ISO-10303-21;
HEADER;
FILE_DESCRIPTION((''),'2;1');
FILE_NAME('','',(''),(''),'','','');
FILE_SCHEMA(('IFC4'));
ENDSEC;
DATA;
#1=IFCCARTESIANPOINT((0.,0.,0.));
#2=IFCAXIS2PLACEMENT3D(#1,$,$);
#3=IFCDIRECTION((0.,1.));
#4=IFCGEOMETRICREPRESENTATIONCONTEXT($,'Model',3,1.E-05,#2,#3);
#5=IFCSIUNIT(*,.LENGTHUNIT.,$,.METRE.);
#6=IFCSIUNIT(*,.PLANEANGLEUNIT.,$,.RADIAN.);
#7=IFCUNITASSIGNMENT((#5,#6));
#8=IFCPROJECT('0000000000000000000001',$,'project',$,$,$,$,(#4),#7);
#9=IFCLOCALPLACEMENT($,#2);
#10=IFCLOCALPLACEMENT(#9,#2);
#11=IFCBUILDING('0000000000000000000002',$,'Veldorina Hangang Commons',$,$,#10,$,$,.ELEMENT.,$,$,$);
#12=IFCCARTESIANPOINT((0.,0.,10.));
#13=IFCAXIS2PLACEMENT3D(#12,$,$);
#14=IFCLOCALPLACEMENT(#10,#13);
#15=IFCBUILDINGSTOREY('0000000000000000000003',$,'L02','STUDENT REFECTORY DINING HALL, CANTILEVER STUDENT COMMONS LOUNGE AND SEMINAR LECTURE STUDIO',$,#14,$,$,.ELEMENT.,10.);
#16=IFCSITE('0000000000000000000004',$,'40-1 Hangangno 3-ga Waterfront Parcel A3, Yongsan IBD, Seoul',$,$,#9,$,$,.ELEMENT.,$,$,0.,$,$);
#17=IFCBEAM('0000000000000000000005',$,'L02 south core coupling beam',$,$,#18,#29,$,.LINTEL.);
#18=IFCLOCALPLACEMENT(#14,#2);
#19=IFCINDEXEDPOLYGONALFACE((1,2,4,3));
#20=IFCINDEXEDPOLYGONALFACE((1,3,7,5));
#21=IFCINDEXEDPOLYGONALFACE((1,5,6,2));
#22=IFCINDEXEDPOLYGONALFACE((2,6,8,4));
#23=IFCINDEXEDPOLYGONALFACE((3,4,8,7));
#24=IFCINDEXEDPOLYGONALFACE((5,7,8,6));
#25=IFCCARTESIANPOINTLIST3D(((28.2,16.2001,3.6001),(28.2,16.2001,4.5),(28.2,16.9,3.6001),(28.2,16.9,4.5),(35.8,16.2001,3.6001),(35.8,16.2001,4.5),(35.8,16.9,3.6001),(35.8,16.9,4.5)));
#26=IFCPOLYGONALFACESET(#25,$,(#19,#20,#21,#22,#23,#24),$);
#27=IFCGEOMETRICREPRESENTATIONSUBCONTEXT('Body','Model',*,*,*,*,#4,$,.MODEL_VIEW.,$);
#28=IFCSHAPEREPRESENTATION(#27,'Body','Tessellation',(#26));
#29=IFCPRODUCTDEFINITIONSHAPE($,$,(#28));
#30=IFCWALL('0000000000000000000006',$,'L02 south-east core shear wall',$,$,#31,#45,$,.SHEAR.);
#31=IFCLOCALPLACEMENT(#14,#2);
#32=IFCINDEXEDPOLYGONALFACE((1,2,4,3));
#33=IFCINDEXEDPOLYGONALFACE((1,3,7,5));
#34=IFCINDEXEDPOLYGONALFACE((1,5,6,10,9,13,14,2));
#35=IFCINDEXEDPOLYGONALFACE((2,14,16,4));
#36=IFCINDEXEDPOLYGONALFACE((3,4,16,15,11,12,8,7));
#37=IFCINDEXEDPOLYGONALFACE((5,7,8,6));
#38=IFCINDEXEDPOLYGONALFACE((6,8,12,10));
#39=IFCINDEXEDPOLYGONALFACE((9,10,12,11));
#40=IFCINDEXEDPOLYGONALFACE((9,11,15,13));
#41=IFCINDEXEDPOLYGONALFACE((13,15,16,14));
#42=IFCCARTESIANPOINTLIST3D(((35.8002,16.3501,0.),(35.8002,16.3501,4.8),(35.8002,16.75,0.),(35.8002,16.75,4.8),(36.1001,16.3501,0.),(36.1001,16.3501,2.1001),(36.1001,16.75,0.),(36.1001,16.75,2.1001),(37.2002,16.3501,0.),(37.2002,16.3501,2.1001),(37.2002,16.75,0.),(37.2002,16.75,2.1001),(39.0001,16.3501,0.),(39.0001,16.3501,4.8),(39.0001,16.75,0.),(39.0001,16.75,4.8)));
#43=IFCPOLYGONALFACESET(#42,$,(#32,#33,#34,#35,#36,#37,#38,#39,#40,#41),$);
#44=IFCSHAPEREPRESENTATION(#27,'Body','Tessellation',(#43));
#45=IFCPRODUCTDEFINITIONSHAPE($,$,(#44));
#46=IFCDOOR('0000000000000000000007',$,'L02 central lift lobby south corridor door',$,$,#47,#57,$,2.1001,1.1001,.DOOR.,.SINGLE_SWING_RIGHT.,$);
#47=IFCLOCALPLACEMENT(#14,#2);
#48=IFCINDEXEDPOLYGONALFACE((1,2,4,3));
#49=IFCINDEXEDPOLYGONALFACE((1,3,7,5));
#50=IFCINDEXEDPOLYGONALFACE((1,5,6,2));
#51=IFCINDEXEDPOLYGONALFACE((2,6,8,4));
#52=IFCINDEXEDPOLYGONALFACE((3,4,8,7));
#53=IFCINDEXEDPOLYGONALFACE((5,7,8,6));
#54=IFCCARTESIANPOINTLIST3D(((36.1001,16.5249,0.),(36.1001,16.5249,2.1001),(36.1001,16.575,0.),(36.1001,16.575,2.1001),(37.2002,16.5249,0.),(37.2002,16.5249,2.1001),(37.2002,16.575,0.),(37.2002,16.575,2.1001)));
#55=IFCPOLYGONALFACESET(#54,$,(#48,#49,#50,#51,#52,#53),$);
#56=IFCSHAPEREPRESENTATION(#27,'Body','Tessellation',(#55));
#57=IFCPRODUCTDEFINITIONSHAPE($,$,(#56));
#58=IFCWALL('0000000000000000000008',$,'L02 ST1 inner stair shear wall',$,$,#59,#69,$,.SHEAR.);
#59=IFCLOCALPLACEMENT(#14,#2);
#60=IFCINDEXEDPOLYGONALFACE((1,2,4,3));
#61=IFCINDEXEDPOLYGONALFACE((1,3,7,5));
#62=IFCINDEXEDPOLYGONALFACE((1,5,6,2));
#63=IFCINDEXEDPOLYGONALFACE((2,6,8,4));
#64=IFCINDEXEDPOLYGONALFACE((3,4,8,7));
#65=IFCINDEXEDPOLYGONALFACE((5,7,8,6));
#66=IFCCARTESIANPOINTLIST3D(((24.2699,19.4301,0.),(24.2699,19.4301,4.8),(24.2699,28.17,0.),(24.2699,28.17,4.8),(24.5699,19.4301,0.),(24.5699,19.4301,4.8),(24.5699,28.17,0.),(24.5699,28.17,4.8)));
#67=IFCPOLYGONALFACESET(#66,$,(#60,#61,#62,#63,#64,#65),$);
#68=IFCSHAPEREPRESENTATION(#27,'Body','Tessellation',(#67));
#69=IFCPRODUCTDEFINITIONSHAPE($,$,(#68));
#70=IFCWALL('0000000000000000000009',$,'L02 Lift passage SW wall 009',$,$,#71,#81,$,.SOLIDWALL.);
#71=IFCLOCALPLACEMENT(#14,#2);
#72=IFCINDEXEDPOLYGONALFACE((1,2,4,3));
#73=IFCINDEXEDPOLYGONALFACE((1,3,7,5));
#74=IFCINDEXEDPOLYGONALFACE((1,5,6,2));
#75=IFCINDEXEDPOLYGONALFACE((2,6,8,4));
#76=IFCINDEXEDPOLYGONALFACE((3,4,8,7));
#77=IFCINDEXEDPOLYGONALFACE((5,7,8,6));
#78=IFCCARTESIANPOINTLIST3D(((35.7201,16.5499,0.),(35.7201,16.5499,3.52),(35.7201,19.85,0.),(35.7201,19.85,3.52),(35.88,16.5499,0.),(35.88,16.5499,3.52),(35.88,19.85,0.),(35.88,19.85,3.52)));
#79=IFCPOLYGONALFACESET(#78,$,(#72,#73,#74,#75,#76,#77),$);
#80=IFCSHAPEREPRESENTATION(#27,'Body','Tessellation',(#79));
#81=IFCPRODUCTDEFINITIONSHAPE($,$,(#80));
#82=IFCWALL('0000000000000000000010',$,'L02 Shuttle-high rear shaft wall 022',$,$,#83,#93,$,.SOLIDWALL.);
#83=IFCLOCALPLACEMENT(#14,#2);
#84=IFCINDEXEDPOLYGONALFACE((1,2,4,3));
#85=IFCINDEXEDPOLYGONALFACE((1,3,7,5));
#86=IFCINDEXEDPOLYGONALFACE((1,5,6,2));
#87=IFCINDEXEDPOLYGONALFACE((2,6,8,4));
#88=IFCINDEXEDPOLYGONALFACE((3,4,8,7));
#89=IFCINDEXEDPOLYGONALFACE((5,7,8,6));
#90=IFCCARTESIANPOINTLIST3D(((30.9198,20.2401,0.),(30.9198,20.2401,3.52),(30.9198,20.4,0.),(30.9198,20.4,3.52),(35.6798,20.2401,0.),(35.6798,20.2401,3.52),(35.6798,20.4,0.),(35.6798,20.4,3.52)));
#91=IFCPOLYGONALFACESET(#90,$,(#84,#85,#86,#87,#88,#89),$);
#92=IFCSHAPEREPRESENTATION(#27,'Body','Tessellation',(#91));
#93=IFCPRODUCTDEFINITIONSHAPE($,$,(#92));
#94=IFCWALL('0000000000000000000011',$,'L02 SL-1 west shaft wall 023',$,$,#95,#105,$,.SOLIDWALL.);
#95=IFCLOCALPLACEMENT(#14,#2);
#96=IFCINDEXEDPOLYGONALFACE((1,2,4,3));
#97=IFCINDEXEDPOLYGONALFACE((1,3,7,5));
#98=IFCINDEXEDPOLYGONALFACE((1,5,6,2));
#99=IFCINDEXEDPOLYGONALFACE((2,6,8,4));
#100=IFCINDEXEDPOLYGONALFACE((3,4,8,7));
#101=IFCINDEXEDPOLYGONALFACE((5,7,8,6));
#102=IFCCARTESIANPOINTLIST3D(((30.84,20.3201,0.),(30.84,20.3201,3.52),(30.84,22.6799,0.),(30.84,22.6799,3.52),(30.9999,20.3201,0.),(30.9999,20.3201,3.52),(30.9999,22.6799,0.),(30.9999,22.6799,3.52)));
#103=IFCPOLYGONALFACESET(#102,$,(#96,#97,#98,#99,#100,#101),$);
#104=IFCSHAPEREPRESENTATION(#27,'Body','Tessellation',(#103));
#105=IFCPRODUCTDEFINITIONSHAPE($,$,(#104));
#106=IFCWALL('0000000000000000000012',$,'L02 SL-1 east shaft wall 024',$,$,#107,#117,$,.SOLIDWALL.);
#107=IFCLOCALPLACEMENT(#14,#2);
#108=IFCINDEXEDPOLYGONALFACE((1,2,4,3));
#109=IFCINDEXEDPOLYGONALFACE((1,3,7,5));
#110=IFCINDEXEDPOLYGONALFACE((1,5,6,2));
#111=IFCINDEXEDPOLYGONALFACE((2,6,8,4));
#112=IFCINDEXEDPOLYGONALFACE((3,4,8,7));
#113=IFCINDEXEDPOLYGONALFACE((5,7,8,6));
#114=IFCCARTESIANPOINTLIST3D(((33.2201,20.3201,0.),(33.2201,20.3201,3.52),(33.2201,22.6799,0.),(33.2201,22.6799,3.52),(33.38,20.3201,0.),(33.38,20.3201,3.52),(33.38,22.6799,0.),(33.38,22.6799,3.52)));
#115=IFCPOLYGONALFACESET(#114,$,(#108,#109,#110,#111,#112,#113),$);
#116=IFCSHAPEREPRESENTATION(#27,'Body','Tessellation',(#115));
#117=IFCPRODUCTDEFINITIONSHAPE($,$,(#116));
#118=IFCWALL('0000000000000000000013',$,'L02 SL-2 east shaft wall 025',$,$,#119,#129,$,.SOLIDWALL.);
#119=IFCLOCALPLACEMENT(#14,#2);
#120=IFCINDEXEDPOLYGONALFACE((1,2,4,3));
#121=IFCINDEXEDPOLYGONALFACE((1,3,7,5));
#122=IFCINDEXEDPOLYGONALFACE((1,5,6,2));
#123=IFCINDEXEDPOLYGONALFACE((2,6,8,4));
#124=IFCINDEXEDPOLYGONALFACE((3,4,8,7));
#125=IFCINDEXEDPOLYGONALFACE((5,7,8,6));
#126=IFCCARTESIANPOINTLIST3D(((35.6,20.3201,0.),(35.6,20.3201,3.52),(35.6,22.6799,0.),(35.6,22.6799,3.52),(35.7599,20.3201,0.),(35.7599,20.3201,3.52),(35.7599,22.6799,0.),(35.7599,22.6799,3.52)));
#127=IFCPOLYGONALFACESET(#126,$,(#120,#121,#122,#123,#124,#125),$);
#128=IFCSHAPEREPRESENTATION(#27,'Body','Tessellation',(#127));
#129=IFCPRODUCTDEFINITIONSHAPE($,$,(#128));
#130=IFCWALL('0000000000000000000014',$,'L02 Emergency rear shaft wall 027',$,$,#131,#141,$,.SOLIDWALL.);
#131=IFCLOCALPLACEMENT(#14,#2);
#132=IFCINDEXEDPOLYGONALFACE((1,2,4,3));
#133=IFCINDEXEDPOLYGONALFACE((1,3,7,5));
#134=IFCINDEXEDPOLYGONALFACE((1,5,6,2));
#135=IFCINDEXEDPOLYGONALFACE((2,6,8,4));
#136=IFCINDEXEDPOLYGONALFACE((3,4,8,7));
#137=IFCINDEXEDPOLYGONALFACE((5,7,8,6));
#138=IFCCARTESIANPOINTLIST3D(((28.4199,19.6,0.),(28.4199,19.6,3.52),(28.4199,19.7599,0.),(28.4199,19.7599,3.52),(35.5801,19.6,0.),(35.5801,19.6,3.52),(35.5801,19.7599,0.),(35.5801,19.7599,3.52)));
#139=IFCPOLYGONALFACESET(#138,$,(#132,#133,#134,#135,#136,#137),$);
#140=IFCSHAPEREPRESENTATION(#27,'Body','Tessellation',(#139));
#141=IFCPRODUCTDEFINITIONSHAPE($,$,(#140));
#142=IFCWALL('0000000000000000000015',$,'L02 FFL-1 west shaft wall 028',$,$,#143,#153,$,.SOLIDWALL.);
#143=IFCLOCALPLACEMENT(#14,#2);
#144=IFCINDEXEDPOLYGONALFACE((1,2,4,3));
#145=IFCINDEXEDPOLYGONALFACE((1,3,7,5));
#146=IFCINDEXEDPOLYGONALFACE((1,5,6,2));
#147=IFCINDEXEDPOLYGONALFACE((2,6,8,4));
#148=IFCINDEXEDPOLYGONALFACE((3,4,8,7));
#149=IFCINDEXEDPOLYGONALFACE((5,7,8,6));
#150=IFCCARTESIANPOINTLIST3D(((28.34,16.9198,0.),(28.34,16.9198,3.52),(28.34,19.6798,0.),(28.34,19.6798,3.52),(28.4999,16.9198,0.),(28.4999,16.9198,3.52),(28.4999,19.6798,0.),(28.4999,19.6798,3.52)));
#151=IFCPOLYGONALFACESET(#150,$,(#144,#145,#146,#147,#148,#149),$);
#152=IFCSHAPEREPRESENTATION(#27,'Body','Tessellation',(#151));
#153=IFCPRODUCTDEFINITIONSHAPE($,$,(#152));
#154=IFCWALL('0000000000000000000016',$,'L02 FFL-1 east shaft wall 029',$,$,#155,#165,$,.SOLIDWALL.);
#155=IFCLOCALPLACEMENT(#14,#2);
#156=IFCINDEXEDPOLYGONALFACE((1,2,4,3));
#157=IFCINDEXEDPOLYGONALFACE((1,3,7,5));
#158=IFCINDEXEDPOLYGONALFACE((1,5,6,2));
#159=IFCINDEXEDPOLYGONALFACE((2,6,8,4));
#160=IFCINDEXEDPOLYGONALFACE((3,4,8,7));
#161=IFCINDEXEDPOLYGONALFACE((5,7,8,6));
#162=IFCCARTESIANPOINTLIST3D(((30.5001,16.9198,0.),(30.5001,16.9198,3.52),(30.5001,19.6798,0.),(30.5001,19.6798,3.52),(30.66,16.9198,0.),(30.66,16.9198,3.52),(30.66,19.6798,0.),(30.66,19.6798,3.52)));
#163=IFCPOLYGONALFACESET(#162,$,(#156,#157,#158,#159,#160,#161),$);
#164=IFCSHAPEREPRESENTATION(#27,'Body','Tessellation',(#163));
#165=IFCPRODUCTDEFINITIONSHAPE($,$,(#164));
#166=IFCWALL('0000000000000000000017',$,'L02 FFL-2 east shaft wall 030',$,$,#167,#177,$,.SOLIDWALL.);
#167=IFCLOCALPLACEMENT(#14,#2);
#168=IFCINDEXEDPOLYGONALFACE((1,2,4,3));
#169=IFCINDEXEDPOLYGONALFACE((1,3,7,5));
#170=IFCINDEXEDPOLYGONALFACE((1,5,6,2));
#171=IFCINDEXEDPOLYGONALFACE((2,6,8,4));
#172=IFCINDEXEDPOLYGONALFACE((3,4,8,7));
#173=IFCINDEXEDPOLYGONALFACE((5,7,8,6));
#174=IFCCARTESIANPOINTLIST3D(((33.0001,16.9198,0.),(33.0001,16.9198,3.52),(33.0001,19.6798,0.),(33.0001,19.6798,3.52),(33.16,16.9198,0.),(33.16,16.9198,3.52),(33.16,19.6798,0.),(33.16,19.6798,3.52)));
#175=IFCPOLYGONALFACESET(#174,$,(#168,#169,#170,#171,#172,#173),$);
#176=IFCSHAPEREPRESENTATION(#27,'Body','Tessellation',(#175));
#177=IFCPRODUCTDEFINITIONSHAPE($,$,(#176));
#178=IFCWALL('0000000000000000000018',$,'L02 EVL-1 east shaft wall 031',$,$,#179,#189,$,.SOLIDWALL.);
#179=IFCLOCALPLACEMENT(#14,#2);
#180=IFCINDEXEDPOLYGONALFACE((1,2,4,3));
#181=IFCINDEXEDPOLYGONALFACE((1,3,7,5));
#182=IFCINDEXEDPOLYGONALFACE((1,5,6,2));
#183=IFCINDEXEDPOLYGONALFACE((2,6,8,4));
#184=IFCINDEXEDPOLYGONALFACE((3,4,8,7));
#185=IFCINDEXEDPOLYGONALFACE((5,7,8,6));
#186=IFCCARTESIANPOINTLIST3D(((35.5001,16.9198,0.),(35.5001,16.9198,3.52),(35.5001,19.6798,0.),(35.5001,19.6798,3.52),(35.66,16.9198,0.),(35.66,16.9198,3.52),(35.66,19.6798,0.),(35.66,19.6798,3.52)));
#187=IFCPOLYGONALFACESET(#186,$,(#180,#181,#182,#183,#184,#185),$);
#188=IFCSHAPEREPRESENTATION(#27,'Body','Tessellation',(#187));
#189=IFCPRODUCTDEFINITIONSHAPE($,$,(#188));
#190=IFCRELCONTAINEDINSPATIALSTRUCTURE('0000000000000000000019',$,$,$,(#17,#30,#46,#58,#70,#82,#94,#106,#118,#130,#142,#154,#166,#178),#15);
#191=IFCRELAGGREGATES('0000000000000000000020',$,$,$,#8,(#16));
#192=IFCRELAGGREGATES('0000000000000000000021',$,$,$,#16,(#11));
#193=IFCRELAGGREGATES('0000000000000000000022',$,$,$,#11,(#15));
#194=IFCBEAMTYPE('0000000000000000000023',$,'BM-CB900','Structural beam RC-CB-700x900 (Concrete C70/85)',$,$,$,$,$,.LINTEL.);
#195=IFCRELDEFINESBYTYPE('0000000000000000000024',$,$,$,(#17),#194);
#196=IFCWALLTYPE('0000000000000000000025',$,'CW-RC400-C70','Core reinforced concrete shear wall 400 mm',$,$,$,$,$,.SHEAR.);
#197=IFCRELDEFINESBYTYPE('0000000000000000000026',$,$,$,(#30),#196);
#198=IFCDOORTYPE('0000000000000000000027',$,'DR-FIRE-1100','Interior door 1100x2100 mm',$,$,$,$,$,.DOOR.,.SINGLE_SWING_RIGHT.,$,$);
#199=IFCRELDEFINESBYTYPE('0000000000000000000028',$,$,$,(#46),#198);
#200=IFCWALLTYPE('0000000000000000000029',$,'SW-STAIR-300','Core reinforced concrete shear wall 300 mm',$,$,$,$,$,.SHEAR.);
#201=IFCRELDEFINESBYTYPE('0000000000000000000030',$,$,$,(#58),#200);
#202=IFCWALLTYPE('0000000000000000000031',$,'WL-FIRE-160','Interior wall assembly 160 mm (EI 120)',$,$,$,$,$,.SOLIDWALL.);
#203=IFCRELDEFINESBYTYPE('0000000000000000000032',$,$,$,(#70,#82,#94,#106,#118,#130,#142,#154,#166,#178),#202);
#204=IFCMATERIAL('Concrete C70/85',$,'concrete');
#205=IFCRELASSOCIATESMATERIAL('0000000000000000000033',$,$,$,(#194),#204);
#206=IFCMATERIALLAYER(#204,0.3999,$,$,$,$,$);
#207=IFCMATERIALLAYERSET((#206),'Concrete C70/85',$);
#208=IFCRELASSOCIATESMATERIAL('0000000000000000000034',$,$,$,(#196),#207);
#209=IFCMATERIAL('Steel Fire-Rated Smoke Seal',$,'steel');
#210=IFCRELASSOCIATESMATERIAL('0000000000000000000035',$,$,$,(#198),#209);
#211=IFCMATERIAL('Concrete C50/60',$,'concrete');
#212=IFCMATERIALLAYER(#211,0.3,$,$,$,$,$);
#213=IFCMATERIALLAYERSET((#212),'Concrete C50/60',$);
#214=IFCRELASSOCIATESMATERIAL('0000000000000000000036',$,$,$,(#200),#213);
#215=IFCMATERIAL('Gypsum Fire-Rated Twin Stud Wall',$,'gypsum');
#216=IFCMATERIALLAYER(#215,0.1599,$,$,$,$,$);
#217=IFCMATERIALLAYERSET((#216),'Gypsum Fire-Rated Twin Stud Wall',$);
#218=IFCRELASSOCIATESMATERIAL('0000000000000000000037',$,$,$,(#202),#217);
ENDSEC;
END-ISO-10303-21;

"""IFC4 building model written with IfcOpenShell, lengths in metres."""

from ifc_helpers import new_model, si_unit, direction, frame, frame_2d, origin, origin_2d, place, context, subcontext, project, spatial, rectangle, extrude, material, layer, layer_set, material_profile, profile_set, type_object, element, fill, save


model = new_model("IFC4")

# Units and contexts
model_context = context("Model", 3, precision=1e-05, world=origin(), true_north=direction((0.0, 1.0)))
body_context = subcontext(model_context, "Body", "Model", "MODEL_VIEW")
ifc_project = project(units=[si_unit("LENGTHUNIT", "METRE"), si_unit("PLANEANGLEUNIT", "RADIAN")], contexts=[model_context])

# Site, building, storey
site_placement = place(None, origin())
site = spatial("IfcSite", under=ifc_project, at=site_placement, Name="40-1 Hangangno 3-ga Waterfront Parcel A3, Yongsan IBD, Seoul", CompositionType="ELEMENT", RefElevation=0.0)
building_placement = place(site_placement, origin())
building = spatial("IfcBuilding", under=site, at=building_placement, Name="Veldorina Hangang Commons", CompositionType="ELEMENT")
storey_placement = place(building_placement, frame((0.0, 0.0, 10.0)))
storey = spatial("IfcBuildingStorey", under=building, at=storey_placement, Name="L02", Description="STUDENT REFECTORY DINING HALL, CANTILEVER STUDENT COMMONS LOUNGE AND SEMINAR LECTURE STUDIO", CompositionType="ELEMENT", Elevation=10.0)

# Beam
ifc_material_1 = material(Name="Concrete C70/85", Category="concrete")
ifc_material_profile = material_profile(ifc_material_1, rectangle(XDim=0.7, YDim=0.8999, at=origin_2d()), Name="RC-CB-700x900")
ifc_profile_set = profile_set([ifc_material_profile], Name="Concrete C70/85")
beam_type = type_object("IfcBeamType", Name="BM-CB900", Description="Structural beam RC-CB-700x900 (Concrete C70/85)", PredefinedType="LINTEL", material=ifc_profile_set)
beam_placement = place(storey_placement, frame((28.2, 16.55, 4.05), z_axis=(1.0, 0.0, 0.0), x_axis=(0.0, 1.0, 0.0)))
element("IfcBeam", 1, at=beam_placement, inside=storey, type_object=beam_type, Name="L02 south core coupling beam", PredefinedType="LINTEL", context=body_context, shape_type="SweptSolid", body=[
    extrude(rectangle(XDim=0.7, YDim=0.8999, at=origin_2d()), origin(), (0.0, 0.0, 1.0), 7.6001),
])

# Wall, opening, door
ifc_layer_1 = layer(ifc_material_1, 0.3999)
ifc_layer_set_1 = layer_set([ifc_layer_1], Name="Concrete C70/85")
wall_type_1 = type_object("IfcWallType", Name="CW-RC400-C70", Description="Core reinforced concrete shear wall 400 mm", PredefinedType="SHEAR", material=ifc_layer_set_1)
wall_1_placement = place(storey_placement, frame((35.8, 16.55, 0.0), z_axis=(0.0, 0.0, 1.0), x_axis=(1.0, 0.0, 0.0)))
wall_1 = element("IfcWall", 2, at=wall_1_placement, inside=storey, type_object=wall_type_1, Name="L02 south-east core shear wall", PredefinedType="SHEAR", context=body_context, shape_type="SweptSolid", body=[
    extrude(rectangle(XDim=3.2, YDim=0.3999, at=frame_2d((1.6001, 0.0))), origin(), (0.0, 0.0, 1.0), 4.8),
])
opening_1_placement = place(wall_1_placement, frame((0.3, 0.0, 0.0)))
opening_1 = element("IfcOpeningElement", 3, at=opening_1_placement, cuts=wall_1, PredefinedType="OPENING", context=body_context, shape_type="SweptSolid", body=[
    extrude(rectangle(XDim=1.1001, YDim=2.1001, at=frame_2d((0.55, 1.05))), frame((0.0, 0.21, 0.0), z_axis=(0.0, -1.0, 0.0), x_axis=(1.0, 0.0, 0.0)), (0.0, 0.0, 1.0), 0.4199),
])
ifc_material_2 = material(Name="Steel Fire-Rated Smoke Seal", Category="steel")
door_type_1 = type_object("IfcDoorType", Name="DR-FIRE-1100", Description="Interior door 1100x2100 mm", OperationType="SINGLE_SWING_RIGHT", PredefinedType="DOOR", material=ifc_material_2)
door_1_placement = place(opening_1_placement, origin())
door_1 = element("IfcDoor", 4, at=door_1_placement, inside=storey, type_object=door_type_1, Name="L02 central lift lobby south corridor door", OperationType="SINGLE_SWING_RIGHT", OverallHeight=2.1001, OverallWidth=1.1001, PredefinedType="DOOR", context=body_context, shape_type="SweptSolid", body=[
    extrude(rectangle(XDim=1.1001, YDim=2.1001, at=frame_2d((0.55, 1.05))), frame((0.0, 0.0249, 0.0), z_axis=(0.0, -1.0, 0.0), x_axis=(1.0, 0.0, 0.0)), (0.0, 0.0, 1.0), 0.05),
])
fill(opening_1, door_1)

# Walls
ifc_material_3 = material(Name="Concrete C50/60", Category="concrete")
ifc_layer_2 = layer(ifc_material_3, 0.3)
ifc_layer_set_2 = layer_set([ifc_layer_2], Name="Concrete C50/60")
wall_type_2 = type_object("IfcWallType", Name="SW-STAIR-300", Description="Core reinforced concrete shear wall 300 mm", PredefinedType="SHEAR", material=ifc_layer_set_2)
wall_2_placement = place(storey_placement, frame((24.4199, 19.4299, 0.0), z_axis=(0.0, 0.0, 1.0), x_axis=(0.0, 1.0, 0.0)))
element("IfcWall", 5, at=wall_2_placement, inside=storey, type_object=wall_type_2, Name="L02 ST1 inner stair shear wall", PredefinedType="SHEAR", context=body_context, shape_type="SweptSolid", body=[
    extrude(rectangle(XDim=8.74, YDim=0.3, at=frame_2d((4.3701, 0.0))), origin(), (0.0, 0.0, 1.0), 4.8),
])
ifc_material_4 = material(Name="Gypsum Fire-Rated Twin Stud Wall", Category="gypsum")
ifc_layer_3 = layer(ifc_material_4, 0.1599)
ifc_layer_set_3 = layer_set([ifc_layer_3], Name="Gypsum Fire-Rated Twin Stud Wall")
wall_type_3 = type_object("IfcWallType", Name="WL-FIRE-160", Description="Interior wall assembly 160 mm (EI 120)", PredefinedType="SOLIDWALL", material=ifc_layer_set_3)
wall_3_placement = place(storey_placement, frame((35.8, 16.55, 0.0), z_axis=(0.0, 0.0, 1.0), x_axis=(0.0, 1.0, 0.0)))
element("IfcWall", 6, at=wall_3_placement, inside=storey, type_object=wall_type_3, Name="L02 Lift passage SW wall 009", PredefinedType="SOLIDWALL", context=body_context, shape_type="SweptSolid", body=[
    extrude(rectangle(XDim=3.3, YDim=0.1599, at=frame_2d((1.6499, 0.0))), origin(), (0.0, 0.0, 1.0), 3.52),
])
wall_4_placement = place(storey_placement, frame((30.9199, 20.3201, 0.0), z_axis=(0.0, 0.0, 1.0), x_axis=(1.0, 0.0, 0.0)))
element("IfcWall", 7, at=wall_4_placement, inside=storey, type_object=wall_type_3, Name="L02 Shuttle-high rear shaft wall 022", PredefinedType="SOLIDWALL", context=body_context, shape_type="SweptSolid", body=[
    extrude(rectangle(XDim=4.76, YDim=0.1599, at=frame_2d((2.3799, 0.0))), origin(), (0.0, 0.0, 1.0), 3.52),
])
for number, where, z_axis, x_axis, name in (
    (8, (30.9199, 20.3201, 0.0), (0.0, 0.0, 1.0), (0.0, 1.0, 0.0), "L02 SL-1 west shaft wall 023"),
    (9, (33.3, 20.3201, 0.0), (0.0, 0.0, 1.0), (0.0, 1.0, 0.0), "L02 SL-1 east shaft wall 024"),
    (10, (35.6799, 20.3201, 0.0), (0.0, 0.0, 1.0), (0.0, 1.0, 0.0), "L02 SL-2 east shaft wall 025"),
):
    element("IfcWall", number, at=place(storey_placement, frame(where, z_axis=z_axis, x_axis=x_axis)), inside=storey, type_object=wall_type_3, Name=name, PredefinedType="SOLIDWALL", context=body_context, shape_type="SweptSolid", body=[
        extrude(rectangle(XDim=2.3599, YDim=0.1599, at=frame_2d((1.1799, 0.0))), origin(), (0.0, 0.0, 1.0), 3.52),
    ])

# Walls
wall_5_placement = place(storey_placement, frame((28.4199, 19.6799, 0.0), z_axis=(0.0, 0.0, 1.0), x_axis=(1.0, 0.0, 0.0)))
element("IfcWall", 11, at=wall_5_placement, inside=storey, type_object=wall_type_3, Name="L02 Emergency rear shaft wall 027", PredefinedType="SOLIDWALL", context=body_context, shape_type="SweptSolid", body=[
    extrude(rectangle(XDim=7.1602, YDim=0.1599, at=frame_2d((3.5801, 0.0))), origin(), (0.0, 0.0, 1.0), 3.52),
])
for number, where, z_axis, x_axis, name in (
    (12, (28.4199, 16.9199, 0.0), (0.0, 0.0, 1.0), (0.0, 1.0, 0.0), "L02 FFL-1 west shaft wall 028"),
    (13, (30.5801, 16.9199, 0.0), (0.0, 0.0, 1.0), (0.0, 1.0, 0.0), "L02 FFL-1 east shaft wall 029"),
    (14, (33.0801, 16.9199, 0.0), (0.0, 0.0, 1.0), (0.0, 1.0, 0.0), "L02 FFL-2 east shaft wall 030"),
    (15, (35.5801, 16.9199, 0.0), (0.0, 0.0, 1.0), (0.0, 1.0, 0.0), "L02 EVL-1 east shaft wall 031"),
):
    element("IfcWall", number, at=place(storey_placement, frame(where, z_axis=z_axis, x_axis=x_axis)), inside=storey, type_object=wall_type_3, Name=name, PredefinedType="SOLIDWALL", context=body_context, shape_type="SweptSolid", body=[
        extrude(rectangle(XDim=2.76, YDim=0.1599, at=frame_2d((1.3799, 0.0))), origin(), (0.0, 0.0, 1.0), 3.52),
    ])

save(model, "model.ifc")
